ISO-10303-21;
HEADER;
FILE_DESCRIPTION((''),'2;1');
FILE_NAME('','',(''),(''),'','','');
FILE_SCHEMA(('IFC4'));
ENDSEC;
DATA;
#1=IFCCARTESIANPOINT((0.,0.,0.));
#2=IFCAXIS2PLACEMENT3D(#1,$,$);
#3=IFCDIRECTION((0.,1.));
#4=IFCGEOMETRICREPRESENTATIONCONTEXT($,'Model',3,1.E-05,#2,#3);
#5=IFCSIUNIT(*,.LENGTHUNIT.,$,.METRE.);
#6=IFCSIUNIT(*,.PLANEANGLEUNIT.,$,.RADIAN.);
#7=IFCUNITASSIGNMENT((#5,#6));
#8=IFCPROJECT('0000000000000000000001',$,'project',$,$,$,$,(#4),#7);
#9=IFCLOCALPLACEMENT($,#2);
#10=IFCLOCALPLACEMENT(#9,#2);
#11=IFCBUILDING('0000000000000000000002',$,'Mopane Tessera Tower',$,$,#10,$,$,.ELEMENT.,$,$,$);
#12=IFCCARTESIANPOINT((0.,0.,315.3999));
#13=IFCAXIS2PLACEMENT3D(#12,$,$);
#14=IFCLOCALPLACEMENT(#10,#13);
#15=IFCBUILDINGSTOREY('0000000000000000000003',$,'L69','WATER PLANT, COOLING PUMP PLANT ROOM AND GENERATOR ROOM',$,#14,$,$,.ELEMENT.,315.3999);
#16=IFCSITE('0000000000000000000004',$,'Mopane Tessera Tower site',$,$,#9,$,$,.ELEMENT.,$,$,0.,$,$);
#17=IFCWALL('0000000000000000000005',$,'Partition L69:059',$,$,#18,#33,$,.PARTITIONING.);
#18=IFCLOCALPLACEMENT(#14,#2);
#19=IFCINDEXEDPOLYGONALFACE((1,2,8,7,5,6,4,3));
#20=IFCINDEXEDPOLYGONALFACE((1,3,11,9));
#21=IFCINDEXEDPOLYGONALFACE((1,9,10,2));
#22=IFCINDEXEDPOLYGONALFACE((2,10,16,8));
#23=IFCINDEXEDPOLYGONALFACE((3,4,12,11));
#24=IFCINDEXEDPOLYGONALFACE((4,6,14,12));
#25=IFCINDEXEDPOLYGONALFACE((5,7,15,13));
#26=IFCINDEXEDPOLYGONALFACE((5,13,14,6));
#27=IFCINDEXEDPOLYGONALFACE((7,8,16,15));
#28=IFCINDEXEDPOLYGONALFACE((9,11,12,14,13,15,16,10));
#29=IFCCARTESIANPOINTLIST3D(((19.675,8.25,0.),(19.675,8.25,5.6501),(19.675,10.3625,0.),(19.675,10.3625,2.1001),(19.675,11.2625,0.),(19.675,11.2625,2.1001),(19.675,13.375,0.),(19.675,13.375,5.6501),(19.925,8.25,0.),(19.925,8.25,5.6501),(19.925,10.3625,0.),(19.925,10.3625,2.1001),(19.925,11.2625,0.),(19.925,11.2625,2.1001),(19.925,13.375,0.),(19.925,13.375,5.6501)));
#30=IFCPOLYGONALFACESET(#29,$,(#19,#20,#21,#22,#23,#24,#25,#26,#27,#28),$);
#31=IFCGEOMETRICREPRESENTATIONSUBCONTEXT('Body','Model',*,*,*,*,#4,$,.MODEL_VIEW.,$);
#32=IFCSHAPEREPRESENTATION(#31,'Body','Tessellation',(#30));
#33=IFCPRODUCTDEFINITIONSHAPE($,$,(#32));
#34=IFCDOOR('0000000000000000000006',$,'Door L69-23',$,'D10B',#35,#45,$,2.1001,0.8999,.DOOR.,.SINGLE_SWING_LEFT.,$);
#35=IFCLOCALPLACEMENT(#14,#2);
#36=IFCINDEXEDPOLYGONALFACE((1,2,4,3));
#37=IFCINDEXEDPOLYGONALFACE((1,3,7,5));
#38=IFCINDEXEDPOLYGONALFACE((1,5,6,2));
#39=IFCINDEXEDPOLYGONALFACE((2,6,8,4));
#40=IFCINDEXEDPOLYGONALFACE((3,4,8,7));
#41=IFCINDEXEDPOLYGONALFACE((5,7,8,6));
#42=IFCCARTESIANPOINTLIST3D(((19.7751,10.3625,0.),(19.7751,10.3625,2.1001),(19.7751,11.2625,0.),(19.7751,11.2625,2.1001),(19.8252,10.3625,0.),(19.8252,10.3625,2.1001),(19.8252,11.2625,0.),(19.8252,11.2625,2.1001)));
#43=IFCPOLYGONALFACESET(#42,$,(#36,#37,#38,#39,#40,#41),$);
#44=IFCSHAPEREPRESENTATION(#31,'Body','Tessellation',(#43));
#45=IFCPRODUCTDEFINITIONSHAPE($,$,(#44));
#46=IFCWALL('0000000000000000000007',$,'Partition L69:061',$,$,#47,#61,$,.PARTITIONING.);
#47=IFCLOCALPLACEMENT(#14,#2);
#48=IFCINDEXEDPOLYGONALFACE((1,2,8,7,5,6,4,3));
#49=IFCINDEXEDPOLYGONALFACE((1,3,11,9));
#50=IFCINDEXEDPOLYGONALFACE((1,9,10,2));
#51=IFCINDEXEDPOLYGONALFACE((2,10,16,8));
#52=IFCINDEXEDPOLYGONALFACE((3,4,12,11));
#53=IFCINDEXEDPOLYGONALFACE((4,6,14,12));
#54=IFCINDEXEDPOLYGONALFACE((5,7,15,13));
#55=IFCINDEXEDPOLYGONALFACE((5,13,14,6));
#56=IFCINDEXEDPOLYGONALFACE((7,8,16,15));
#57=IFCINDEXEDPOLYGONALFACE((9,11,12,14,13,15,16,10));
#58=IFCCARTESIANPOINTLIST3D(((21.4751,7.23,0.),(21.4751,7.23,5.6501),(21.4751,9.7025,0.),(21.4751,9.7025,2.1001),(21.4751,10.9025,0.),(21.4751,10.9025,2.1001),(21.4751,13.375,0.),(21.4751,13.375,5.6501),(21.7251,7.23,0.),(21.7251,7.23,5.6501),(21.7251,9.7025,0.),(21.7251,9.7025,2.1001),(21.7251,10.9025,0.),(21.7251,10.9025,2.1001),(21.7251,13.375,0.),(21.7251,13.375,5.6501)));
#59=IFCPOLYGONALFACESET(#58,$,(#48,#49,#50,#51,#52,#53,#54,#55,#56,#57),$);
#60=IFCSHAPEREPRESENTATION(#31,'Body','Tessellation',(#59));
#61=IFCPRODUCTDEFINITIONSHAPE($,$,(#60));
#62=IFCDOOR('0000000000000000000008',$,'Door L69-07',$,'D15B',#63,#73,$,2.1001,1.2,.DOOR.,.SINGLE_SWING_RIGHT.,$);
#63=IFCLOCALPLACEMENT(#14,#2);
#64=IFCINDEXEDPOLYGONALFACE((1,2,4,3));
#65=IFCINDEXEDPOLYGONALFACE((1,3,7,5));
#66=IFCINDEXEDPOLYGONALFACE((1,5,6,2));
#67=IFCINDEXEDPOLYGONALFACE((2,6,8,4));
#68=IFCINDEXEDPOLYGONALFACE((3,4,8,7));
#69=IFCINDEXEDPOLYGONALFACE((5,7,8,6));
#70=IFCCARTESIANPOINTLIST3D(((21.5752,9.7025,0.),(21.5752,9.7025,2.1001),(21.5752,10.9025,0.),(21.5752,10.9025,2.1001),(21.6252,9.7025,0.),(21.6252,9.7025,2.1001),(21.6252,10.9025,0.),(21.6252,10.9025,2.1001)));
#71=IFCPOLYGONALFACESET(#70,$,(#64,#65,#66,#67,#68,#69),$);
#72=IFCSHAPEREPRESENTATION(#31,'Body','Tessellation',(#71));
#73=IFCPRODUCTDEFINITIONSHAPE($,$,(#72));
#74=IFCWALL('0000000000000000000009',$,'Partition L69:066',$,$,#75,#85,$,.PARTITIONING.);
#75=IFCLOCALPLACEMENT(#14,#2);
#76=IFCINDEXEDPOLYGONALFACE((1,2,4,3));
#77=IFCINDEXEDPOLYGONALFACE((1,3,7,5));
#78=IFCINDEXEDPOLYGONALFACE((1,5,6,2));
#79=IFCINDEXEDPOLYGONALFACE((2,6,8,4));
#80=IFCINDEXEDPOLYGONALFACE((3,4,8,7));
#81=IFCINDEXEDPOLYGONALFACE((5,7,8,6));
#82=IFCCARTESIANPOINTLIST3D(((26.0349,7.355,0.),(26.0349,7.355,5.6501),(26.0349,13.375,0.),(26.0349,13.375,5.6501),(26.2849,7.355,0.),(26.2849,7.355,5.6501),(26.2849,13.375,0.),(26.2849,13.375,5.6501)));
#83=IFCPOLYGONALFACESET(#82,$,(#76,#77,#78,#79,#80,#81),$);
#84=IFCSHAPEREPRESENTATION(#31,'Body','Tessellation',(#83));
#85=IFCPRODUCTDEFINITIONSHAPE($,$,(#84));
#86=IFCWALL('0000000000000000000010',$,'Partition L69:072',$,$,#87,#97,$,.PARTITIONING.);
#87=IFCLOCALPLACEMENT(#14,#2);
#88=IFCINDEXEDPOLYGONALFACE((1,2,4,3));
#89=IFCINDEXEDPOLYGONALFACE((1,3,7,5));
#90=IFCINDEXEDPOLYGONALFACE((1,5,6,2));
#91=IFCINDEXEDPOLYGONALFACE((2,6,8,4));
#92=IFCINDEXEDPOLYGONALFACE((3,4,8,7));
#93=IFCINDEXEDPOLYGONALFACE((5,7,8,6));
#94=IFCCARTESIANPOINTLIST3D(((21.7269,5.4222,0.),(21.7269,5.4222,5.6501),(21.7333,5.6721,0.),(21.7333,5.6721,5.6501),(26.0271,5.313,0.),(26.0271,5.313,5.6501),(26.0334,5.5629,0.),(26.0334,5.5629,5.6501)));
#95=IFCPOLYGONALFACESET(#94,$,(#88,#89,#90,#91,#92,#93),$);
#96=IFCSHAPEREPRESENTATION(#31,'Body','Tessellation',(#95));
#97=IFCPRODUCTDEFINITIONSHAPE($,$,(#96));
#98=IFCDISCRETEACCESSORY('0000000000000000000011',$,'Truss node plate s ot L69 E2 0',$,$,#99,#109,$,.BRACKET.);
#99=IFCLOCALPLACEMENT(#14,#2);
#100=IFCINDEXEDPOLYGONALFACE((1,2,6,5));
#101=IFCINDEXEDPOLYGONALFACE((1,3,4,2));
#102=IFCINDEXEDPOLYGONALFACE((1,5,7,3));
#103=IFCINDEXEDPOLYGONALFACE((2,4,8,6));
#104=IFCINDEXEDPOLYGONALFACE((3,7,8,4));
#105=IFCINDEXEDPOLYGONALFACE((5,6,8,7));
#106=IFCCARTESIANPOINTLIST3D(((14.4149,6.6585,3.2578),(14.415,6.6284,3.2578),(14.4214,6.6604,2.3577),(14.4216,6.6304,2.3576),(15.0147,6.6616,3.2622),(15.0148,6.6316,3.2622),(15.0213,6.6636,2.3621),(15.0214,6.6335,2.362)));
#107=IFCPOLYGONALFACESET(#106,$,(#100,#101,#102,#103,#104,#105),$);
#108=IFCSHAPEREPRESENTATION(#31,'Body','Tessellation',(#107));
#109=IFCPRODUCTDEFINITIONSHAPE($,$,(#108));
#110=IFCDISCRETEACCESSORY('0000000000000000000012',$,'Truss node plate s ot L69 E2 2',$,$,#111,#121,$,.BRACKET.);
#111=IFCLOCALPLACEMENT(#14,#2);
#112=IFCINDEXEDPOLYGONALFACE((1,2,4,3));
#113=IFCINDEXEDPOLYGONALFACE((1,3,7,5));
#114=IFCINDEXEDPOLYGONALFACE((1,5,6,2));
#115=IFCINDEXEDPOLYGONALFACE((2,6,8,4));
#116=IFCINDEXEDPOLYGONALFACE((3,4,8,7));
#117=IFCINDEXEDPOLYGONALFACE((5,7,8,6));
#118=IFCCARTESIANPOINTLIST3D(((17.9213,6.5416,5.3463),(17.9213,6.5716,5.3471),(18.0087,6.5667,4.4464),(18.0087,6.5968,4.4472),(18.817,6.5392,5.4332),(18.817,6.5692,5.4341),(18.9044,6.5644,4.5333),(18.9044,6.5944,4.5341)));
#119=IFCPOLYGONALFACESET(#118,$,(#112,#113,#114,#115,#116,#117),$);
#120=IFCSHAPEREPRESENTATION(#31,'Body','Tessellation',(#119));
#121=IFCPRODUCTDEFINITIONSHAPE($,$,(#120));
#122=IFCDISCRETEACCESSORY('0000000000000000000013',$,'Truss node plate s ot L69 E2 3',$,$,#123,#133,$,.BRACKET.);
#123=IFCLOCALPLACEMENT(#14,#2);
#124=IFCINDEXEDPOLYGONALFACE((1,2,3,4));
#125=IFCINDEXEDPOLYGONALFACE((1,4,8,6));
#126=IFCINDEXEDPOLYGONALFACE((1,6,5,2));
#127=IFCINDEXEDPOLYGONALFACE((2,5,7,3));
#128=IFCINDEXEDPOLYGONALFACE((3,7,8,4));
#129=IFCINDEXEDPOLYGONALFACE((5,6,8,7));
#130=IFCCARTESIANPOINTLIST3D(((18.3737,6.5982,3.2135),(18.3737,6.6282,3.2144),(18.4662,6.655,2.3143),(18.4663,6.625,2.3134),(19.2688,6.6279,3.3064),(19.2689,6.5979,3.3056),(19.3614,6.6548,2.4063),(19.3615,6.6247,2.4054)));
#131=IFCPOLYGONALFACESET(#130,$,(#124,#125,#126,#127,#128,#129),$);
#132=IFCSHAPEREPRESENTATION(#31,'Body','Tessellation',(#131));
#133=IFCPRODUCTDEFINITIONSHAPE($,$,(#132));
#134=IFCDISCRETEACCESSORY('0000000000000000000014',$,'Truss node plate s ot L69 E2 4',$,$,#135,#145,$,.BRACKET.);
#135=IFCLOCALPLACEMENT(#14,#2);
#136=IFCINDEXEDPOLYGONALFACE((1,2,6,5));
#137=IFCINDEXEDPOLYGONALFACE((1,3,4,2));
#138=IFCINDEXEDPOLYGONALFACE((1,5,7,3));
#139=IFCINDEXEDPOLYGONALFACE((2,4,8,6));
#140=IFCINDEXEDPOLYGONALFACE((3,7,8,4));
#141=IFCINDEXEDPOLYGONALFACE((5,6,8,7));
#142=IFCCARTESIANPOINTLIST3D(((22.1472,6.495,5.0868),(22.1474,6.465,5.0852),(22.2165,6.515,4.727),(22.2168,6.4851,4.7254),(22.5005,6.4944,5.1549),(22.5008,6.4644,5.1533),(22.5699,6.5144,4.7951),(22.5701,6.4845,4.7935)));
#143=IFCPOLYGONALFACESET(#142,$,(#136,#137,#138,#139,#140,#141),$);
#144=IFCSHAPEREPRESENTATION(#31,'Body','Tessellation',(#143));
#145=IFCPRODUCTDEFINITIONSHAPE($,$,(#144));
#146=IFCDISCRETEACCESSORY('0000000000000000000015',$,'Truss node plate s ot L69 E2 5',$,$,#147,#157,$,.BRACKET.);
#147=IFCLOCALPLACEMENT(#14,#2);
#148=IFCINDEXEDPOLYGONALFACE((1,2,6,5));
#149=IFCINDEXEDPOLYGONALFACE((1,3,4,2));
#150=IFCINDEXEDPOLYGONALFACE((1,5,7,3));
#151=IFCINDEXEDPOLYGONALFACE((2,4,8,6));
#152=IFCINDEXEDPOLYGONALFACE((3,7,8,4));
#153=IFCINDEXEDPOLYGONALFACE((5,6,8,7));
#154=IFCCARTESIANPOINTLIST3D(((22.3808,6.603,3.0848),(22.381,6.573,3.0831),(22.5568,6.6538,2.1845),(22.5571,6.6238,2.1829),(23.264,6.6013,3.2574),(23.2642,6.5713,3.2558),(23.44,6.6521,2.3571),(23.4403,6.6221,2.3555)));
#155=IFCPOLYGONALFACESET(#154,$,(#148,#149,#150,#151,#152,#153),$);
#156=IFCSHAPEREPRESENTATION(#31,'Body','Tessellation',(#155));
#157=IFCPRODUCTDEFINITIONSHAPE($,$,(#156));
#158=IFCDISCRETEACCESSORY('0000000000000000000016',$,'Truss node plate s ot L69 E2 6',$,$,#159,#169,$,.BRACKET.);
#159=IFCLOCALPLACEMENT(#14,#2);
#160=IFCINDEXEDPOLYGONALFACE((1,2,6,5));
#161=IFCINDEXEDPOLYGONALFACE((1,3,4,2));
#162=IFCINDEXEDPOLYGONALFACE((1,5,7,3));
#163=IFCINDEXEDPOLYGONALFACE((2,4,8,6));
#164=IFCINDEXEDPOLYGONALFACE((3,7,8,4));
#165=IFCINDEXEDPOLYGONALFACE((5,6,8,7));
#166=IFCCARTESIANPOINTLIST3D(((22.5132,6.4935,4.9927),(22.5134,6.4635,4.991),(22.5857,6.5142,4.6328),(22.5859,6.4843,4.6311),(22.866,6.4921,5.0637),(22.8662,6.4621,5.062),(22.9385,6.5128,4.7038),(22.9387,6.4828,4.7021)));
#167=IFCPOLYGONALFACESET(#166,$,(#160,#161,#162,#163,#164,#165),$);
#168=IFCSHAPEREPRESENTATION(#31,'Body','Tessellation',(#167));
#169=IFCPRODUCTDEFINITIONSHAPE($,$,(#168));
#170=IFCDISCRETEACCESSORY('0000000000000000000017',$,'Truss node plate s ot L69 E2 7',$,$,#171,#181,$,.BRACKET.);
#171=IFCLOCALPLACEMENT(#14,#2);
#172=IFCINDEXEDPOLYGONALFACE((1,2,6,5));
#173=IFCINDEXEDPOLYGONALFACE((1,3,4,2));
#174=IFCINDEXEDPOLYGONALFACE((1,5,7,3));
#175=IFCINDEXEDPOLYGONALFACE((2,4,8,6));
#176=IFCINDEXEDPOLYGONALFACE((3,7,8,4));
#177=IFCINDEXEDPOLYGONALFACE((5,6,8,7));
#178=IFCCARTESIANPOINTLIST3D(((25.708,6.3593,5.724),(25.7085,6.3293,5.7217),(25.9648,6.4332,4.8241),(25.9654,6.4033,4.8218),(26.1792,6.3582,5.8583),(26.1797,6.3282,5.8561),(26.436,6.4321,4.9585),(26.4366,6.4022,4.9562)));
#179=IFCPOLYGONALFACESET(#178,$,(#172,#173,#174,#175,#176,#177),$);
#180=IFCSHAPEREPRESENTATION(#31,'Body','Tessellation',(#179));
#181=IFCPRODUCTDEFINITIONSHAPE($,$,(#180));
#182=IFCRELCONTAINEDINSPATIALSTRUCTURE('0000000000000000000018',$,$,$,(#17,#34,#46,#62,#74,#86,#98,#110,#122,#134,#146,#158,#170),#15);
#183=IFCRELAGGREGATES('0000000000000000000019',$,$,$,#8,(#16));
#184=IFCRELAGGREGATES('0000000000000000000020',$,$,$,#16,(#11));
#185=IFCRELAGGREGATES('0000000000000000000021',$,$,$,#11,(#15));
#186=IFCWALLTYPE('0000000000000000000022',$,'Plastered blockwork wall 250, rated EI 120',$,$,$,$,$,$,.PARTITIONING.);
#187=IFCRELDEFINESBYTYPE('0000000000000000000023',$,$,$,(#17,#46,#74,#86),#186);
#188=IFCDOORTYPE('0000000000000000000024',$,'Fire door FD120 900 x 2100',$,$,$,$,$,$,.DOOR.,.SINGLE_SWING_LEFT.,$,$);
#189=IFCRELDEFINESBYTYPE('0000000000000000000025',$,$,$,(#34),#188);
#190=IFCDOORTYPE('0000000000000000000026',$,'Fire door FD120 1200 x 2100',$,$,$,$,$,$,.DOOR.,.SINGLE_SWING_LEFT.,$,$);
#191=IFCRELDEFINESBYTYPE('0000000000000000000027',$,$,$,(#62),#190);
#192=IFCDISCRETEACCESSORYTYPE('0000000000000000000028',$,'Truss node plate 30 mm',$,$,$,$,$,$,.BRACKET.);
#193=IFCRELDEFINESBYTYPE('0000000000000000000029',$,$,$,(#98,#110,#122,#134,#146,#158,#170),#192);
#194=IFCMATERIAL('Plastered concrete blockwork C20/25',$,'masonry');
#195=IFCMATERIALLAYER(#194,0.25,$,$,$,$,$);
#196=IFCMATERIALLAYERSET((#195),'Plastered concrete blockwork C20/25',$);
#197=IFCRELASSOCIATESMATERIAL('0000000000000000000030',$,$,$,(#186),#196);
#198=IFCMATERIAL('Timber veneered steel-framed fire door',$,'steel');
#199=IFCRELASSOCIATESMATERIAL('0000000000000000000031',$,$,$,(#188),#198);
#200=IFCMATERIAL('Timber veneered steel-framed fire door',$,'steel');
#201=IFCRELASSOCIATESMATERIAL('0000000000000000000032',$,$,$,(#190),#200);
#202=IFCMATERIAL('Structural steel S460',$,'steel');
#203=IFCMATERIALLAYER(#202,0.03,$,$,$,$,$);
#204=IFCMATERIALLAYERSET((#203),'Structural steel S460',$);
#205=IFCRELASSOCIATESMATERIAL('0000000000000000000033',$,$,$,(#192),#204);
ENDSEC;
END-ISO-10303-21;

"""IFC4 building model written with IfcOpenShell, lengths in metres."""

from ifc_helpers import new_model, si_unit, direction, frame, frame_2d, origin, origin_2d, place, context, subcontext, project, spatial, rectangle, extrude, material, layer, layer_set, type_object, element, fill, save


model = new_model("IFC4")

# Units and contexts
model_context = context("Model", 3, precision=1e-05, world=origin(), true_north=direction((0.0, 1.0)))
body_context = subcontext(model_context, "Body", "Model", "MODEL_VIEW")
ifc_project = project(units=[si_unit("LENGTHUNIT", "METRE"), si_unit("PLANEANGLEUNIT", "RADIAN")], contexts=[model_context])

# Site, building, storey
site_placement = place(None, origin())
site = spatial("IfcSite", under=ifc_project, at=site_placement, Name="Mopane Tessera Tower site", CompositionType="ELEMENT", RefElevation=0.0)
building_placement = place(site_placement, origin())
building = spatial("IfcBuilding", under=site, at=building_placement, Name="Mopane Tessera Tower", CompositionType="ELEMENT")
storey_placement = place(building_placement, frame((0.0, 0.0, 315.3999)))
storey = spatial("IfcBuildingStorey", under=building, at=storey_placement, Name="L69", Description="WATER PLANT, COOLING PUMP PLANT ROOM AND GENERATOR ROOM", CompositionType="ELEMENT", Elevation=315.3999)

# Shared definitions
ifc_material_1 = material(Name="Plastered concrete blockwork C20/25", Category="masonry")
ifc_layer_1 = layer(ifc_material_1, 0.25)
ifc_layer_set_1 = layer_set([ifc_layer_1], Name="Plastered concrete blockwork C20/25")
wall_type = type_object("IfcWallType", Name="Plastered blockwork wall 250, rated EI 120", PredefinedType="PARTITIONING", material=ifc_layer_set_1)

# Walls, openings, doors
wall_1_placement = place(storey_placement, frame((19.8, 8.25, 0.0), z_axis=(0.0, 0.0, 1.0), x_axis=(0.0, 1.0, 0.0)))
wall_1 = element("IfcWall", 1, at=wall_1_placement, inside=storey, type_object=wall_type, Name="Partition L69:059", PredefinedType="PARTITIONING", context=body_context, shape_type="SweptSolid", body=[
    extrude(rectangle(XDim=5.125, YDim=0.25, at=frame_2d((2.5625, 0.0))), origin(), (0.0, 0.0, 1.0), 5.6501),
])
opening_1_placement = place(wall_1_placement, frame((2.1125, 0.0, 0.0)))
opening_1 = element("IfcOpeningElement", 2, at=opening_1_placement, cuts=wall_1, PredefinedType="OPENING", context=body_context, shape_type="SweptSolid", body=[
    extrude(rectangle(XDim=0.8999, YDim=2.1001, at=frame_2d((0.45, 1.05))), frame((0.0, 0.137, 0.0), z_axis=(0.0, -1.0, 0.0), x_axis=(1.0, 0.0, 0.0)), (0.0, 0.0, 1.0), 0.2739),
])
ifc_material_2 = material(Name="Timber veneered steel-framed fire door", Category="steel")
door_type_1 = type_object("IfcDoorType", Name="Fire door FD120 900 x 2100", OperationType="SINGLE_SWING_LEFT", PredefinedType="DOOR", material=ifc_material_2)
door_1_placement = place(opening_1_placement, origin())
door_1 = element("IfcDoor", 3, at=door_1_placement, inside=storey, type_object=door_type_1, Name="Door L69-23", ObjectType="D10B", OperationType="SINGLE_SWING_LEFT", OverallHeight=2.1001, OverallWidth=0.8999, PredefinedType="DOOR", context=body_context, shape_type="SweptSolid", body=[
    extrude(rectangle(XDim=0.8999, YDim=2.1001, at=frame_2d((0.45, 1.05))), frame((0.0, 0.0249, 0.0), z_axis=(0.0, -1.0, 0.0), x_axis=(1.0, 0.0, 0.0)), (0.0, 0.0, 1.0), 0.05),
])
fill(opening_1, door_1)
wall_2_placement = place(storey_placement, frame((21.6001, 7.23, 0.0), z_axis=(0.0, 0.0, 1.0), x_axis=(0.0, 1.0, 0.0)))
wall_2 = element("IfcWall", 4, at=wall_2_placement, inside=storey, type_object=wall_type, Name="Partition L69:061", PredefinedType="PARTITIONING", context=body_context, shape_type="SweptSolid", body=[
    extrude(rectangle(XDim=6.145, YDim=0.25, at=frame_2d((3.0725, 0.0))), origin(), (0.0, 0.0, 1.0), 5.6501),
])
opening_2_placement = place(wall_2_placement, frame((2.4724, 0.0, 0.0)))
opening_2 = element("IfcOpeningElement", 5, at=opening_2_placement, cuts=wall_2, PredefinedType="OPENING", context=body_context, shape_type="SweptSolid", body=[
    extrude(rectangle(XDim=1.2, YDim=2.1001, at=frame_2d((0.6001, 1.05))), frame((0.0, 0.137, 0.0), z_axis=(0.0, -1.0, 0.0), x_axis=(1.0, 0.0, 0.0)), (0.0, 0.0, 1.0), 0.2739),
])
ifc_material_3 = material(Name="Timber veneered steel-framed fire door", Category="steel")
door_type_2 = type_object("IfcDoorType", Name="Fire door FD120 1200 x 2100", OperationType="SINGLE_SWING_LEFT", PredefinedType="DOOR", material=ifc_material_3)
door_2_placement = place(opening_2_placement, origin())
door_2 = element("IfcDoor", 6, at=door_2_placement, inside=storey, type_object=door_type_2, Name="Door L69-07", ObjectType="D15B", OperationType="SINGLE_SWING_RIGHT", OverallHeight=2.1001, OverallWidth=1.2, PredefinedType="DOOR", context=body_context, shape_type="SweptSolid", body=[
    extrude(rectangle(XDim=1.2, YDim=2.1001, at=frame_2d((0.6001, 1.05))), frame((0.0, 0.0249, 0.0), z_axis=(0.0, -1.0, 0.0), x_axis=(1.0, 0.0, 0.0)), (0.0, 0.0, 1.0), 0.05),
])
fill(opening_2, door_2)

# Walls
wall_3_placement = place(storey_placement, frame((26.1599, 7.355, 0.0), z_axis=(0.0, 0.0, 1.0), x_axis=(0.0, 1.0, 0.0)))
element("IfcWall", 7, at=wall_3_placement, inside=storey, type_object=wall_type, Name="Partition L69:066", PredefinedType="PARTITIONING", context=body_context, shape_type="SweptSolid", body=[
    extrude(rectangle(XDim=6.02, YDim=0.25, at=frame_2d((3.01, 0.0))), origin(), (0.0, 0.0, 1.0), 5.6501),
])
wall_4_placement = place(storey_placement, frame((21.73, 5.5471, 0.0), z_axis=(0.0, 0.0, 1.0), x_axis=(0.999678, -0.025371, 0.0)))
element("IfcWall", 8, at=wall_4_placement, inside=storey, type_object=wall_type, Name="Partition L69:072", PredefinedType="PARTITIONING", context=body_context, shape_type="SweptSolid", body=[
    extrude(rectangle(XDim=4.3015, YDim=0.25, at=frame_2d((2.1509, 0.0))), origin(), (0.0, 0.0, 1.0), 5.6501),
])

# Discrete accessories
ifc_material_4 = material(Name="Structural steel S460", Category="steel")
ifc_layer_2 = layer(ifc_material_4, 0.03)
ifc_layer_set_2 = layer_set([ifc_layer_2], Name="Structural steel S460")
discrete_accessory_type = type_object("IfcDiscreteAccessoryType", Name="Truss node plate 30 mm", PredefinedType="BRACKET", material=ifc_layer_set_2)
discrete_accessory_1_placement = place(storey_placement, frame((14.7214, 6.647, 2.3599), z_axis=(-0.007323, -0.00217, 0.999971), x_axis=(-0.005275, 0.999984, 0.002131)))
element("IfcDiscreteAccessory", 9, at=discrete_accessory_1_placement, inside=storey, type_object=discrete_accessory_type, Name="Truss node plate s ot L69 E2 0", PredefinedType="BRACKET", context=body_context, shape_type="SweptSolid", body=[
    extrude(rectangle(XDim=0.03, YDim=0.5999, at=origin_2d()), origin(), (0.0, 0.0, 1.0), 0.9001),
])
discrete_accessory_2_placement = place(storey_placement, frame((18.4565, 6.5806, 4.4902), z_axis=(-0.096632, -0.027802, 0.994932), x_axis=(-0.000061, 0.99961, 0.027927)))
element("IfcDiscreteAccessory", 10, at=discrete_accessory_2_placement, inside=storey, type_object=discrete_accessory_type, Name="Truss node plate s ot L69 E2 2", PredefinedType="BRACKET", context=body_context, shape_type="SweptSolid", body=[
    extrude(rectangle(XDim=0.03, YDim=0.8999, at=origin_2d()), origin(), (0.0, 0.0, 1.0), 0.9045),
])
discrete_accessory_3_placement = place(storey_placement, frame((18.9138, 6.6399, 2.3599), z_axis=(-0.10221, -0.029665, 0.99432), x_axis=(-0.002719, 0.99956, 0.029542)))
element("IfcDiscreteAccessory", 11, at=discrete_accessory_3_placement, inside=storey, type_object=discrete_accessory_type, Name="Truss node plate s ot L69 E2 3", PredefinedType="BRACKET", context=body_context, shape_type="SweptSolid", body=[
    extrude(rectangle(XDim=0.03, YDim=0.8999, at=origin_2d()), origin(), (0.0, 0.0, 1.0), 0.9053),
])
discrete_accessory_4_placement = place(storey_placement, frame((22.3933, 6.4998, 4.7603), z_axis=(-0.188912, -0.054545, 0.980478), x_axis=(-0.008675, 0.99851, 0.053877)))
element("IfcDiscreteAccessory", 12, at=discrete_accessory_4_placement, inside=storey, type_object=discrete_accessory_type, Name="Truss node plate s ot L69 E2 4", PredefinedType="BRACKET", context=body_context, shape_type="SweptSolid", body=[
    extrude(rectangle(XDim=0.03, YDim=0.3599, at=origin_2d()), origin(), (0.0, 0.0, 1.0), 0.3669),
])
discrete_accessory_5_placement = place(storey_placement, frame((22.9985, 6.6379, 2.27), z_axis=(-0.191623, -0.055281, 0.97991), x_axis=(-0.008748, 0.998469, 0.054617)))
element("IfcDiscreteAccessory", 13, at=discrete_accessory_5_placement, inside=storey, type_object=discrete_accessory_type, Name="Truss node plate s ot L69 E2 5", PredefinedType="BRACKET", context=body_context, shape_type="SweptSolid", body=[
    extrude(rectangle(XDim=0.03, YDim=0.8999, at=origin_2d()), origin(), (0.0, 0.0, 1.0), 0.9187),
])
discrete_accessory_6_placement = place(storey_placement, frame((22.7622, 6.4985, 4.6675), z_axis=(-0.197208, -0.05644, 0.978736), x_axis=(-0.00724, 0.998398, 0.056115)))
element("IfcDiscreteAccessory", 14, at=discrete_accessory_6_placement, inside=storey, type_object=discrete_accessory_type, Name="Truss node plate s ot L69 E2 6", PredefinedType="BRACKET", context=body_context, shape_type="SweptSolid", body=[
    extrude(rectangle(XDim=0.03, YDim=0.3599, at=origin_2d()), origin(), (0.0, 0.0, 1.0), 0.3677),
])
discrete_accessory_7_placement = place(storey_placement, frame((26.2007, 6.4177, 4.8901), z_axis=(-0.273592, -0.078801, 0.958612), x_axis=(-0.019444, 0.996888, 0.076398)))
element("IfcDiscreteAccessory", 15, at=discrete_accessory_7_placement, inside=storey, type_object=discrete_accessory_type, Name="Truss node plate s ot L69 E2 7", PredefinedType="BRACKET", context=body_context, shape_type="SweptSolid", body=[
    extrude(rectangle(XDim=0.03, YDim=0.49, at=origin_2d()), origin(), (0.0, 0.0, 1.0), 0.9387),
])

save(model, "model.ifc")
